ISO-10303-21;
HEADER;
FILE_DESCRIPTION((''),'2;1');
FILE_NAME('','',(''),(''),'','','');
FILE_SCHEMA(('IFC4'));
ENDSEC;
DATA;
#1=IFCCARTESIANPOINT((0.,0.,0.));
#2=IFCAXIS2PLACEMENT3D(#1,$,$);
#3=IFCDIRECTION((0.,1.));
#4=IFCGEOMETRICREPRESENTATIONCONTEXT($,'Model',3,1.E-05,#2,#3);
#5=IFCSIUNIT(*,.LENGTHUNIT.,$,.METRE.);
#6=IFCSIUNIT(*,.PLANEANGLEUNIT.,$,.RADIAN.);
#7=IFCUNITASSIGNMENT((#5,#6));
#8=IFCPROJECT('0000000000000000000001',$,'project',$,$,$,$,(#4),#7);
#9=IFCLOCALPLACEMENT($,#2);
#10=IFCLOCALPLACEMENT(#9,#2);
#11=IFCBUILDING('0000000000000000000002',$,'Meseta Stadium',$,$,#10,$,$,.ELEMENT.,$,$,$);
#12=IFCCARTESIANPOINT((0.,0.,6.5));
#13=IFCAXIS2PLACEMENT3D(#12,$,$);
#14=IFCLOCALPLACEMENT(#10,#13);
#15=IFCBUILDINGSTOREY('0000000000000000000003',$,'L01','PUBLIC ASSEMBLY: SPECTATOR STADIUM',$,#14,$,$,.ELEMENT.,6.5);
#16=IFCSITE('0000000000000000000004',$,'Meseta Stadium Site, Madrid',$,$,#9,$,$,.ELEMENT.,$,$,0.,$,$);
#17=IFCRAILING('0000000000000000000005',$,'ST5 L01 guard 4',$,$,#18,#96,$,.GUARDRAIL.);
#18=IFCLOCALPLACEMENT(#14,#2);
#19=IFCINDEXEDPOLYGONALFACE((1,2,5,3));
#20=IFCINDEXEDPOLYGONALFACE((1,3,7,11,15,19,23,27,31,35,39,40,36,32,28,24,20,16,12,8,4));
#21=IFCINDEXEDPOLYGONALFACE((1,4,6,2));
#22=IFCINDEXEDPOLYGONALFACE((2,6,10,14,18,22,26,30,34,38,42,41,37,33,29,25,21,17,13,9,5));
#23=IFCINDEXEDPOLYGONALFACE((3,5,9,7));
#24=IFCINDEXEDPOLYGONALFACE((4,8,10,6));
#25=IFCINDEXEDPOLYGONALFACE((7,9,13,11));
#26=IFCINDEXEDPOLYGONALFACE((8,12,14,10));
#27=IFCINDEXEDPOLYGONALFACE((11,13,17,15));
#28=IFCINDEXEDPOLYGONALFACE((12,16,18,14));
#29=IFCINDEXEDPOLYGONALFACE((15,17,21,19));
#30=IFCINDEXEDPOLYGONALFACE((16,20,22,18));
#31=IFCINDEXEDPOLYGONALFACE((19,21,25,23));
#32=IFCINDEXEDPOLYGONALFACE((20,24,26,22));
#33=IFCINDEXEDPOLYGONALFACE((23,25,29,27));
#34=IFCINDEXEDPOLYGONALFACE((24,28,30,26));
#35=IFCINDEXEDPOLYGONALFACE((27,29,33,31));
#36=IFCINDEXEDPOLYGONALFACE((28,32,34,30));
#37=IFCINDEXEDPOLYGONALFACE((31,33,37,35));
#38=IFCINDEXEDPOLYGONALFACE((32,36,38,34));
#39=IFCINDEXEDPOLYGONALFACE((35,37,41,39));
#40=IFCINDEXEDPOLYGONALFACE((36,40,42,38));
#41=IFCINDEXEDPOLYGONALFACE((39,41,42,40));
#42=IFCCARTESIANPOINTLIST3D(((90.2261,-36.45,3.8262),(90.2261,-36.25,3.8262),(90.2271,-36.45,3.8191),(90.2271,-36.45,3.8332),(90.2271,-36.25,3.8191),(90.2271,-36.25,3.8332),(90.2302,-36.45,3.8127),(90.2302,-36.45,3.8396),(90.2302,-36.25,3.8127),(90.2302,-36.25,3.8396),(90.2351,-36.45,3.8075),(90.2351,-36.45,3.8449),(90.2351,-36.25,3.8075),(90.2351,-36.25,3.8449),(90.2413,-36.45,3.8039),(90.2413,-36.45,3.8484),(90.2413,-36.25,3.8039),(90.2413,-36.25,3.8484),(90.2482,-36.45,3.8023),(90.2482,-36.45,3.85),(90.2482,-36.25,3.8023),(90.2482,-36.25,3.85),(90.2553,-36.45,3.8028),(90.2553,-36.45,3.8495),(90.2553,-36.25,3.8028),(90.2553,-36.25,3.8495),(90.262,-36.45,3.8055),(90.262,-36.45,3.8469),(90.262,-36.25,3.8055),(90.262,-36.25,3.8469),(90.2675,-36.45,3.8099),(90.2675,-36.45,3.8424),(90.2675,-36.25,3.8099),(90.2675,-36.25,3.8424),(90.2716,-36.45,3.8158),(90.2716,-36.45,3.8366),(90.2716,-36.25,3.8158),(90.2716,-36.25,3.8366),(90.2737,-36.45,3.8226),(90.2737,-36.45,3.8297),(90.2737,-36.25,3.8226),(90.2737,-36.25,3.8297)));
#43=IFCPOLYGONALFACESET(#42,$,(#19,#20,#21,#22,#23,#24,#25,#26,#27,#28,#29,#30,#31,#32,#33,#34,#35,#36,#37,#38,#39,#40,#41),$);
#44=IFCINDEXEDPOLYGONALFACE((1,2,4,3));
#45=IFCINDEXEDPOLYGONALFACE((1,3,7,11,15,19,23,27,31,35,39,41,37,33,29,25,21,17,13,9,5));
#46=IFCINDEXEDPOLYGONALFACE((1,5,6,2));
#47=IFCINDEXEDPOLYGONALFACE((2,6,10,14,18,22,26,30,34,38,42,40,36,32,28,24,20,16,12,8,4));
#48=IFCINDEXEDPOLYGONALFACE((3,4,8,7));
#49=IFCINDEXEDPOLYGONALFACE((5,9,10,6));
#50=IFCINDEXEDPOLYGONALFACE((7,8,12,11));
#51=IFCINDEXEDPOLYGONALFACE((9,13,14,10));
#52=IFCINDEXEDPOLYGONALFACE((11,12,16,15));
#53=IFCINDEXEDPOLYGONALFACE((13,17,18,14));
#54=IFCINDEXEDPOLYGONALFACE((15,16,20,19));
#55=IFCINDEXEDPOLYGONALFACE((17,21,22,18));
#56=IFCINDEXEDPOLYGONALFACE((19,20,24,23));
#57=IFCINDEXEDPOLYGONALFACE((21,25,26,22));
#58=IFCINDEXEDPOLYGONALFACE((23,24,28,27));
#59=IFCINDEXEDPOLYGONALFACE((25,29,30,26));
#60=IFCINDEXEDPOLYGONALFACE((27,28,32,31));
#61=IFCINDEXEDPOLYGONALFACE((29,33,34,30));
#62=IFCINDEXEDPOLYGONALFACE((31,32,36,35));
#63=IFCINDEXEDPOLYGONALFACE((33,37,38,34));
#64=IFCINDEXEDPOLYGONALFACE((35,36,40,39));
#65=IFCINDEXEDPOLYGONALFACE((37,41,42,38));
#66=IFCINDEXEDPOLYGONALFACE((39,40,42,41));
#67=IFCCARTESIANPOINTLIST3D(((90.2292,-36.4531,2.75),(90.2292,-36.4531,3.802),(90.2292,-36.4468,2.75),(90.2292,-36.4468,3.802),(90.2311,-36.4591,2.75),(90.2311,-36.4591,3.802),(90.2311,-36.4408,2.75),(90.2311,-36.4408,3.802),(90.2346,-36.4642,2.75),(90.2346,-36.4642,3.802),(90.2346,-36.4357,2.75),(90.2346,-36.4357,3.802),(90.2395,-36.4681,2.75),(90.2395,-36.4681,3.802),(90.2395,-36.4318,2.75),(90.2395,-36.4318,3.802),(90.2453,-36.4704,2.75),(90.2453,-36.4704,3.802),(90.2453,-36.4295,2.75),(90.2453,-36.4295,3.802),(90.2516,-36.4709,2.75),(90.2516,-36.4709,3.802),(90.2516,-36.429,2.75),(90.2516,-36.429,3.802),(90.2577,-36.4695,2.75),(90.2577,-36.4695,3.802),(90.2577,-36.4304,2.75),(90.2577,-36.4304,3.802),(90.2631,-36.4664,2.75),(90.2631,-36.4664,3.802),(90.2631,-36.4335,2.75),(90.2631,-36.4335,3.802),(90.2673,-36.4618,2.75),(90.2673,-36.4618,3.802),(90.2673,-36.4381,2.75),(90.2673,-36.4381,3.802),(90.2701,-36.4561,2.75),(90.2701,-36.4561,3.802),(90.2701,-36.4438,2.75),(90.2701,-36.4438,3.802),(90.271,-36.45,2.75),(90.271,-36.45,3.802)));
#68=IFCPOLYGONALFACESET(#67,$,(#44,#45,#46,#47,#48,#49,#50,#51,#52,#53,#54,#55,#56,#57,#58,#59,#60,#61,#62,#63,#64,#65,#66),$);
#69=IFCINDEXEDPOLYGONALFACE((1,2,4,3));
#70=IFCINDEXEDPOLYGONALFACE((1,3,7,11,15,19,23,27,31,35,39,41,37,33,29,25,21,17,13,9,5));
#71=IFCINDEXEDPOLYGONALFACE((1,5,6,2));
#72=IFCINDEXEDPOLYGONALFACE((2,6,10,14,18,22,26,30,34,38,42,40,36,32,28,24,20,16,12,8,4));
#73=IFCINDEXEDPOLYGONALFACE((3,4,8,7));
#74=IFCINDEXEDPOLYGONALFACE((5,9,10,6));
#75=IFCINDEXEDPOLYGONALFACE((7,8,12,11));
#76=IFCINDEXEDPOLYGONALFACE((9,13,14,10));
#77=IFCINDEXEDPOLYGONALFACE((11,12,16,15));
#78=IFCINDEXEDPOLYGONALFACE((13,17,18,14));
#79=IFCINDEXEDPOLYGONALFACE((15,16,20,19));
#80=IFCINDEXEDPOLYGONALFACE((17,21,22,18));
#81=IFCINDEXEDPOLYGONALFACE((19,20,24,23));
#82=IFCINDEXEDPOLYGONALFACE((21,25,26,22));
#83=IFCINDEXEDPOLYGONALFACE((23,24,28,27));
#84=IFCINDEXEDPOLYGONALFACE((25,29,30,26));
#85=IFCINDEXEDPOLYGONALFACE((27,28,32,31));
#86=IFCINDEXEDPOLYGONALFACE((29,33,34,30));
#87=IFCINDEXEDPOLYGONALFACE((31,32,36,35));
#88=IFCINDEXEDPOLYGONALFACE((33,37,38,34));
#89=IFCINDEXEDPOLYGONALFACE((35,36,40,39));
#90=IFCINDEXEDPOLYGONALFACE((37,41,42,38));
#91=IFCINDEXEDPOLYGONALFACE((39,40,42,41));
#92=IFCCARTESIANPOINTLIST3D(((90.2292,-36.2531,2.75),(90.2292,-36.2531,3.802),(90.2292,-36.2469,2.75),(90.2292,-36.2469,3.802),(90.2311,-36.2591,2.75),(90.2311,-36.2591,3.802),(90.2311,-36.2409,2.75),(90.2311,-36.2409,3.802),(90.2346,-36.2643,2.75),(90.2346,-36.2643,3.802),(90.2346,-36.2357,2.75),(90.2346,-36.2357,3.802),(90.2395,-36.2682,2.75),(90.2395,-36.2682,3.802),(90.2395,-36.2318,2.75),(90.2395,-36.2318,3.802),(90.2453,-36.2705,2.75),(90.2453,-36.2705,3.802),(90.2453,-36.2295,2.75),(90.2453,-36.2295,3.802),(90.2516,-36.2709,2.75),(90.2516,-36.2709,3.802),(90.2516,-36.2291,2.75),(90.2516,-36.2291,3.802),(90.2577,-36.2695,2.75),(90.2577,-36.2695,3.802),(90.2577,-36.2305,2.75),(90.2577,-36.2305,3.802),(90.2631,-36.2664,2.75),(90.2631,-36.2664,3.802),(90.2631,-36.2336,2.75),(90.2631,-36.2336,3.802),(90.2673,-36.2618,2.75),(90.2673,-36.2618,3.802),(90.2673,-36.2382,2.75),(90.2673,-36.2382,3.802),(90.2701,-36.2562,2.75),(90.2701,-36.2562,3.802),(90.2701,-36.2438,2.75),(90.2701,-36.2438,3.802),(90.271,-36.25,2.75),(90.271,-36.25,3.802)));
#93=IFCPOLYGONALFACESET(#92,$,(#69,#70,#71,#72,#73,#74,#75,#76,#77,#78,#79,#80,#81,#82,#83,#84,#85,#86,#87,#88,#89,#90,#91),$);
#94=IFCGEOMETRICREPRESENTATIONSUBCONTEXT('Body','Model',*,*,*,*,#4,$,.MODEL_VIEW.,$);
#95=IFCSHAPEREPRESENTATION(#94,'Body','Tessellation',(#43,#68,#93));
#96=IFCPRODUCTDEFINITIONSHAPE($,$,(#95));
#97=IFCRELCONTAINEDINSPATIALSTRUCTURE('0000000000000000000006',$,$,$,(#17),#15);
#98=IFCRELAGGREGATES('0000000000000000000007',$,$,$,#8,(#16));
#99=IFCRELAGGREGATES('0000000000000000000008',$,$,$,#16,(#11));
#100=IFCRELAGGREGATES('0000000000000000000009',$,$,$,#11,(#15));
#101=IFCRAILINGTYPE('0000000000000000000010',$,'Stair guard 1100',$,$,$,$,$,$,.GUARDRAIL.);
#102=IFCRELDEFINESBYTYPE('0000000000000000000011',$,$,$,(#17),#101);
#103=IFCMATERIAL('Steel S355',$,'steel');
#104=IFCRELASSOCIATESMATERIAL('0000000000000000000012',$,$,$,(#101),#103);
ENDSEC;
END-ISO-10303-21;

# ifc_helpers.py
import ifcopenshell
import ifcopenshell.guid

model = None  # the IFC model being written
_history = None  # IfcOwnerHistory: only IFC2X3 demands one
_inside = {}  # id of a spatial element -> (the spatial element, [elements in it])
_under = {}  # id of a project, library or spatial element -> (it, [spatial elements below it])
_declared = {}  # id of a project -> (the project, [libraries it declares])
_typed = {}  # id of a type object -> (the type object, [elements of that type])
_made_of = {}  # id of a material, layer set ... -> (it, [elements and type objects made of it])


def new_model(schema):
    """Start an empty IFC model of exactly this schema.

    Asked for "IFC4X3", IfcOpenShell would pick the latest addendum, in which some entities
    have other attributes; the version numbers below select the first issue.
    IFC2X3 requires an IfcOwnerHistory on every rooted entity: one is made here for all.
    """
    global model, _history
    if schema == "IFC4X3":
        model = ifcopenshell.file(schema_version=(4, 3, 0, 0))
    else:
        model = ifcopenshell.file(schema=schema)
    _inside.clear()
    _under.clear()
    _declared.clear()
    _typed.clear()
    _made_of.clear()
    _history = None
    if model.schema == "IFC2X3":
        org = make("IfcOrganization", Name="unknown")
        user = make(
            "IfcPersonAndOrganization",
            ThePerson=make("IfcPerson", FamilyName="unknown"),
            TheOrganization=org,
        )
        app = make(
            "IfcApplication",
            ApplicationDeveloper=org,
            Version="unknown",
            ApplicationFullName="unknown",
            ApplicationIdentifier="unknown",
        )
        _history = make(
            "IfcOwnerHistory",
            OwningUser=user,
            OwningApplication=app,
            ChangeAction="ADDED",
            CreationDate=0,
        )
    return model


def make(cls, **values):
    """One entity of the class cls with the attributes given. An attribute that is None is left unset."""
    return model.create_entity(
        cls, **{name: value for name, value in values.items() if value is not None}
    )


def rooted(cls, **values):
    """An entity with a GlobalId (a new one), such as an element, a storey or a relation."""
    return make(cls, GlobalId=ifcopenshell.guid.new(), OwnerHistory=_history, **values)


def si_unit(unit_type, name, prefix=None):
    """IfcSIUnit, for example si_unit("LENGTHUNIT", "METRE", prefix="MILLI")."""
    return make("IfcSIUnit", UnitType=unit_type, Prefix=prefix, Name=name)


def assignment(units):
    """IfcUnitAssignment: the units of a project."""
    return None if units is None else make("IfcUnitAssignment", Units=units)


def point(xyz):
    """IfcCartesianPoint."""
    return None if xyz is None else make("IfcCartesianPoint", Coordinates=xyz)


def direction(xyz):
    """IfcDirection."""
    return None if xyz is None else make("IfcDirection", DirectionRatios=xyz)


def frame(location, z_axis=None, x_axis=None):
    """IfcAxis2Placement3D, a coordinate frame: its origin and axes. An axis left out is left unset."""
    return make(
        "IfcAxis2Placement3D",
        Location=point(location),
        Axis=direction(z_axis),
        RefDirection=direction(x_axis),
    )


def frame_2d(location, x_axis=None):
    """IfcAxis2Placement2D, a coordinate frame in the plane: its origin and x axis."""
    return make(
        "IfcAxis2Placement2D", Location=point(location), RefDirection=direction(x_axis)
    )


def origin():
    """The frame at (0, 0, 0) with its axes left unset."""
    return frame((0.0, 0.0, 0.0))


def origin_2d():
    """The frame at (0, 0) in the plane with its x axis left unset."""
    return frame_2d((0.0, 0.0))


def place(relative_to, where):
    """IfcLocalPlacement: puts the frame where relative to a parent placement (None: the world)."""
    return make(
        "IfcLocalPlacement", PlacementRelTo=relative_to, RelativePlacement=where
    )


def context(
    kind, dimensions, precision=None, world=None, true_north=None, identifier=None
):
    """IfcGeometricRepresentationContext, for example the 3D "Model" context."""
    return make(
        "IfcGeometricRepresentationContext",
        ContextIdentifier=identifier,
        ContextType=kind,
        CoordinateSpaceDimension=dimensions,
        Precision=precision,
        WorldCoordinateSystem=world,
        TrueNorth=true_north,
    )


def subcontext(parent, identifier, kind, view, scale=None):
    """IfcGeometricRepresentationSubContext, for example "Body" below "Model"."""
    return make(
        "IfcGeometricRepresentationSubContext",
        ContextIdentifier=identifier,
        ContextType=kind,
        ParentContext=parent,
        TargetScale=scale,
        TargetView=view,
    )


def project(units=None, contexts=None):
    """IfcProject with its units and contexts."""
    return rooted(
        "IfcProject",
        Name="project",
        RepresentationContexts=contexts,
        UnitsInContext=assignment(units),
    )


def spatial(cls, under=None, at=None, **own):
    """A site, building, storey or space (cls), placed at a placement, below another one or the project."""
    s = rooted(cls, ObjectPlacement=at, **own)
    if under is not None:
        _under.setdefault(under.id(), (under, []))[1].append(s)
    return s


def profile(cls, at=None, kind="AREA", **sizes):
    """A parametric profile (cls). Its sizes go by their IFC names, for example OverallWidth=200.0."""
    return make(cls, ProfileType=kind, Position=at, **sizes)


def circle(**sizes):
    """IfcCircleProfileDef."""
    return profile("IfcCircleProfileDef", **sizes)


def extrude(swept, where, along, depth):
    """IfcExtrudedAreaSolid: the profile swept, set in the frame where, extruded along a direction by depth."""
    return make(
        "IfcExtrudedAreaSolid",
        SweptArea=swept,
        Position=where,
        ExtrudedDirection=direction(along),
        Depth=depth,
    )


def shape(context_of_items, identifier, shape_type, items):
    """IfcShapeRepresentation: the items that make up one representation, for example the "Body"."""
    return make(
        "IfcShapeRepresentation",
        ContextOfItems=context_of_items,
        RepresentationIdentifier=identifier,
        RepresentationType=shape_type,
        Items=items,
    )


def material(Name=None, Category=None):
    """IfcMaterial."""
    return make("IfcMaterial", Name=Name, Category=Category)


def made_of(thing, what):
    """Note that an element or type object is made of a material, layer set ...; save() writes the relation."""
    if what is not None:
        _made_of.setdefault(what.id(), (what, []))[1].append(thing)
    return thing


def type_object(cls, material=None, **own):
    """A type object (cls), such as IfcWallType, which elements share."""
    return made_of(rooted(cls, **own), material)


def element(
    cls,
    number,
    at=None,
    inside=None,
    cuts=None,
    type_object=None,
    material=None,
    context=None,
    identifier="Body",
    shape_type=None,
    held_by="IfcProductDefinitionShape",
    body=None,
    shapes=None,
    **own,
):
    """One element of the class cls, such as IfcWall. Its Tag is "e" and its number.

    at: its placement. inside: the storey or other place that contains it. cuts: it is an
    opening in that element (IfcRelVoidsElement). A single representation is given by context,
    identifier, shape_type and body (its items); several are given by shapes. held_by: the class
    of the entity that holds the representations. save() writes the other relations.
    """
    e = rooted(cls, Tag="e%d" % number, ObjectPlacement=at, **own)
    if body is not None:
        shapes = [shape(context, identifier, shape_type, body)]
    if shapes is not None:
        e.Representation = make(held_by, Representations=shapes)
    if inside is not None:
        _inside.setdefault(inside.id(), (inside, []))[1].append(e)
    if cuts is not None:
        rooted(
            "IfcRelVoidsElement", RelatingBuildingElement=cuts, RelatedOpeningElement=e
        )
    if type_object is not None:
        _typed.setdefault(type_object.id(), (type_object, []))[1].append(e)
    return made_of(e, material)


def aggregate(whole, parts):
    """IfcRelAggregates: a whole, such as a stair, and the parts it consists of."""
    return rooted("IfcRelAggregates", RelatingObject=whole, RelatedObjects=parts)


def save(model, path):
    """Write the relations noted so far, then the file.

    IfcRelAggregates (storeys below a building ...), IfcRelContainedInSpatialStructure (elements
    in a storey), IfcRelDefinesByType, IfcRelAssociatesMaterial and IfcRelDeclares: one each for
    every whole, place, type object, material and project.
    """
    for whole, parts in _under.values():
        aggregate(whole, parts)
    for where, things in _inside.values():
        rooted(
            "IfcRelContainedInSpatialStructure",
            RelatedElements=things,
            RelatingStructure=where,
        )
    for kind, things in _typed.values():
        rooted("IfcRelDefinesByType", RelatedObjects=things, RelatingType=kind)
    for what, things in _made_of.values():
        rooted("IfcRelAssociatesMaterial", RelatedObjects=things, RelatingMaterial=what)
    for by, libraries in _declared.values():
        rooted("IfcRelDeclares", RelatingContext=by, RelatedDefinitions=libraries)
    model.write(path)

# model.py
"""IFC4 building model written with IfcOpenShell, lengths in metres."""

from ifc_helpers import new_model, si_unit, direction, frame, origin, origin_2d, place, context, subcontext, project, spatial, circle, extrude, material, type_object, element, save


model = new_model("IFC4")

# Units and contexts
model_context = context("Model", 3, precision=1e-05, world=origin(), true_north=direction((0.0, 1.0)))
body_context = subcontext(model_context, "Body", "Model", "MODEL_VIEW")
ifc_project = project(units=[si_unit("LENGTHUNIT", "METRE"), si_unit("PLANEANGLEUNIT", "RADIAN")], contexts=[model_context])

# Site, building, storey
site_placement = place(None, origin())
site = spatial("IfcSite", under=ifc_project, at=site_placement, Name="Meseta Stadium Site, Madrid", CompositionType="ELEMENT", RefElevation=0.0)
building_placement = place(site_placement, origin())
building = spatial("IfcBuilding", under=site, at=building_placement, Name="Meseta Stadium", CompositionType="ELEMENT")
storey_placement = place(building_placement, frame((0.0, 0.0, 6.5)))
storey = spatial("IfcBuildingStorey", under=building, at=storey_placement, Name="L01", Description="PUBLIC ASSEMBLY: SPECTATOR STADIUM", CompositionType="ELEMENT", Elevation=6.5)

# Railing
ifc_material_1 = material(Name="Steel S355", Category="steel")
railing_type_1 = type_object("IfcRailingType", Name="Stair guard 1100", PredefinedType="GUARDRAIL", material=ifc_material_1)
railing_1_placement = place(storey_placement, frame((90.25, -36.45, 2.75)))
element("IfcRailing", 1, at=railing_1_placement, inside=storey, type_object=railing_type_1, Name="ST5 L01 guard 4", PredefinedType="GUARDRAIL", context=body_context, shape_type="SweptSolid", body=[
    extrude(circle(Radius=0.0239, at=origin_2d()), frame((0.0, 0.0, 1.0762), z_axis=(0.0, 1.0, 0.0), x_axis=(-1.0, 0.0, 0.0)), (0.0, 0.0, 1.0), 0.2),
    extrude(circle(Radius=0.021, at=origin_2d()), origin(), (0.0, 0.0, 1.0), 1.052),
    extrude(circle(Radius=0.021, at=origin_2d()), frame((0.0, 0.2, 0.0)), (0.0, 0.0, 1.0), 1.052),
])

save(model, "model.ifc")
